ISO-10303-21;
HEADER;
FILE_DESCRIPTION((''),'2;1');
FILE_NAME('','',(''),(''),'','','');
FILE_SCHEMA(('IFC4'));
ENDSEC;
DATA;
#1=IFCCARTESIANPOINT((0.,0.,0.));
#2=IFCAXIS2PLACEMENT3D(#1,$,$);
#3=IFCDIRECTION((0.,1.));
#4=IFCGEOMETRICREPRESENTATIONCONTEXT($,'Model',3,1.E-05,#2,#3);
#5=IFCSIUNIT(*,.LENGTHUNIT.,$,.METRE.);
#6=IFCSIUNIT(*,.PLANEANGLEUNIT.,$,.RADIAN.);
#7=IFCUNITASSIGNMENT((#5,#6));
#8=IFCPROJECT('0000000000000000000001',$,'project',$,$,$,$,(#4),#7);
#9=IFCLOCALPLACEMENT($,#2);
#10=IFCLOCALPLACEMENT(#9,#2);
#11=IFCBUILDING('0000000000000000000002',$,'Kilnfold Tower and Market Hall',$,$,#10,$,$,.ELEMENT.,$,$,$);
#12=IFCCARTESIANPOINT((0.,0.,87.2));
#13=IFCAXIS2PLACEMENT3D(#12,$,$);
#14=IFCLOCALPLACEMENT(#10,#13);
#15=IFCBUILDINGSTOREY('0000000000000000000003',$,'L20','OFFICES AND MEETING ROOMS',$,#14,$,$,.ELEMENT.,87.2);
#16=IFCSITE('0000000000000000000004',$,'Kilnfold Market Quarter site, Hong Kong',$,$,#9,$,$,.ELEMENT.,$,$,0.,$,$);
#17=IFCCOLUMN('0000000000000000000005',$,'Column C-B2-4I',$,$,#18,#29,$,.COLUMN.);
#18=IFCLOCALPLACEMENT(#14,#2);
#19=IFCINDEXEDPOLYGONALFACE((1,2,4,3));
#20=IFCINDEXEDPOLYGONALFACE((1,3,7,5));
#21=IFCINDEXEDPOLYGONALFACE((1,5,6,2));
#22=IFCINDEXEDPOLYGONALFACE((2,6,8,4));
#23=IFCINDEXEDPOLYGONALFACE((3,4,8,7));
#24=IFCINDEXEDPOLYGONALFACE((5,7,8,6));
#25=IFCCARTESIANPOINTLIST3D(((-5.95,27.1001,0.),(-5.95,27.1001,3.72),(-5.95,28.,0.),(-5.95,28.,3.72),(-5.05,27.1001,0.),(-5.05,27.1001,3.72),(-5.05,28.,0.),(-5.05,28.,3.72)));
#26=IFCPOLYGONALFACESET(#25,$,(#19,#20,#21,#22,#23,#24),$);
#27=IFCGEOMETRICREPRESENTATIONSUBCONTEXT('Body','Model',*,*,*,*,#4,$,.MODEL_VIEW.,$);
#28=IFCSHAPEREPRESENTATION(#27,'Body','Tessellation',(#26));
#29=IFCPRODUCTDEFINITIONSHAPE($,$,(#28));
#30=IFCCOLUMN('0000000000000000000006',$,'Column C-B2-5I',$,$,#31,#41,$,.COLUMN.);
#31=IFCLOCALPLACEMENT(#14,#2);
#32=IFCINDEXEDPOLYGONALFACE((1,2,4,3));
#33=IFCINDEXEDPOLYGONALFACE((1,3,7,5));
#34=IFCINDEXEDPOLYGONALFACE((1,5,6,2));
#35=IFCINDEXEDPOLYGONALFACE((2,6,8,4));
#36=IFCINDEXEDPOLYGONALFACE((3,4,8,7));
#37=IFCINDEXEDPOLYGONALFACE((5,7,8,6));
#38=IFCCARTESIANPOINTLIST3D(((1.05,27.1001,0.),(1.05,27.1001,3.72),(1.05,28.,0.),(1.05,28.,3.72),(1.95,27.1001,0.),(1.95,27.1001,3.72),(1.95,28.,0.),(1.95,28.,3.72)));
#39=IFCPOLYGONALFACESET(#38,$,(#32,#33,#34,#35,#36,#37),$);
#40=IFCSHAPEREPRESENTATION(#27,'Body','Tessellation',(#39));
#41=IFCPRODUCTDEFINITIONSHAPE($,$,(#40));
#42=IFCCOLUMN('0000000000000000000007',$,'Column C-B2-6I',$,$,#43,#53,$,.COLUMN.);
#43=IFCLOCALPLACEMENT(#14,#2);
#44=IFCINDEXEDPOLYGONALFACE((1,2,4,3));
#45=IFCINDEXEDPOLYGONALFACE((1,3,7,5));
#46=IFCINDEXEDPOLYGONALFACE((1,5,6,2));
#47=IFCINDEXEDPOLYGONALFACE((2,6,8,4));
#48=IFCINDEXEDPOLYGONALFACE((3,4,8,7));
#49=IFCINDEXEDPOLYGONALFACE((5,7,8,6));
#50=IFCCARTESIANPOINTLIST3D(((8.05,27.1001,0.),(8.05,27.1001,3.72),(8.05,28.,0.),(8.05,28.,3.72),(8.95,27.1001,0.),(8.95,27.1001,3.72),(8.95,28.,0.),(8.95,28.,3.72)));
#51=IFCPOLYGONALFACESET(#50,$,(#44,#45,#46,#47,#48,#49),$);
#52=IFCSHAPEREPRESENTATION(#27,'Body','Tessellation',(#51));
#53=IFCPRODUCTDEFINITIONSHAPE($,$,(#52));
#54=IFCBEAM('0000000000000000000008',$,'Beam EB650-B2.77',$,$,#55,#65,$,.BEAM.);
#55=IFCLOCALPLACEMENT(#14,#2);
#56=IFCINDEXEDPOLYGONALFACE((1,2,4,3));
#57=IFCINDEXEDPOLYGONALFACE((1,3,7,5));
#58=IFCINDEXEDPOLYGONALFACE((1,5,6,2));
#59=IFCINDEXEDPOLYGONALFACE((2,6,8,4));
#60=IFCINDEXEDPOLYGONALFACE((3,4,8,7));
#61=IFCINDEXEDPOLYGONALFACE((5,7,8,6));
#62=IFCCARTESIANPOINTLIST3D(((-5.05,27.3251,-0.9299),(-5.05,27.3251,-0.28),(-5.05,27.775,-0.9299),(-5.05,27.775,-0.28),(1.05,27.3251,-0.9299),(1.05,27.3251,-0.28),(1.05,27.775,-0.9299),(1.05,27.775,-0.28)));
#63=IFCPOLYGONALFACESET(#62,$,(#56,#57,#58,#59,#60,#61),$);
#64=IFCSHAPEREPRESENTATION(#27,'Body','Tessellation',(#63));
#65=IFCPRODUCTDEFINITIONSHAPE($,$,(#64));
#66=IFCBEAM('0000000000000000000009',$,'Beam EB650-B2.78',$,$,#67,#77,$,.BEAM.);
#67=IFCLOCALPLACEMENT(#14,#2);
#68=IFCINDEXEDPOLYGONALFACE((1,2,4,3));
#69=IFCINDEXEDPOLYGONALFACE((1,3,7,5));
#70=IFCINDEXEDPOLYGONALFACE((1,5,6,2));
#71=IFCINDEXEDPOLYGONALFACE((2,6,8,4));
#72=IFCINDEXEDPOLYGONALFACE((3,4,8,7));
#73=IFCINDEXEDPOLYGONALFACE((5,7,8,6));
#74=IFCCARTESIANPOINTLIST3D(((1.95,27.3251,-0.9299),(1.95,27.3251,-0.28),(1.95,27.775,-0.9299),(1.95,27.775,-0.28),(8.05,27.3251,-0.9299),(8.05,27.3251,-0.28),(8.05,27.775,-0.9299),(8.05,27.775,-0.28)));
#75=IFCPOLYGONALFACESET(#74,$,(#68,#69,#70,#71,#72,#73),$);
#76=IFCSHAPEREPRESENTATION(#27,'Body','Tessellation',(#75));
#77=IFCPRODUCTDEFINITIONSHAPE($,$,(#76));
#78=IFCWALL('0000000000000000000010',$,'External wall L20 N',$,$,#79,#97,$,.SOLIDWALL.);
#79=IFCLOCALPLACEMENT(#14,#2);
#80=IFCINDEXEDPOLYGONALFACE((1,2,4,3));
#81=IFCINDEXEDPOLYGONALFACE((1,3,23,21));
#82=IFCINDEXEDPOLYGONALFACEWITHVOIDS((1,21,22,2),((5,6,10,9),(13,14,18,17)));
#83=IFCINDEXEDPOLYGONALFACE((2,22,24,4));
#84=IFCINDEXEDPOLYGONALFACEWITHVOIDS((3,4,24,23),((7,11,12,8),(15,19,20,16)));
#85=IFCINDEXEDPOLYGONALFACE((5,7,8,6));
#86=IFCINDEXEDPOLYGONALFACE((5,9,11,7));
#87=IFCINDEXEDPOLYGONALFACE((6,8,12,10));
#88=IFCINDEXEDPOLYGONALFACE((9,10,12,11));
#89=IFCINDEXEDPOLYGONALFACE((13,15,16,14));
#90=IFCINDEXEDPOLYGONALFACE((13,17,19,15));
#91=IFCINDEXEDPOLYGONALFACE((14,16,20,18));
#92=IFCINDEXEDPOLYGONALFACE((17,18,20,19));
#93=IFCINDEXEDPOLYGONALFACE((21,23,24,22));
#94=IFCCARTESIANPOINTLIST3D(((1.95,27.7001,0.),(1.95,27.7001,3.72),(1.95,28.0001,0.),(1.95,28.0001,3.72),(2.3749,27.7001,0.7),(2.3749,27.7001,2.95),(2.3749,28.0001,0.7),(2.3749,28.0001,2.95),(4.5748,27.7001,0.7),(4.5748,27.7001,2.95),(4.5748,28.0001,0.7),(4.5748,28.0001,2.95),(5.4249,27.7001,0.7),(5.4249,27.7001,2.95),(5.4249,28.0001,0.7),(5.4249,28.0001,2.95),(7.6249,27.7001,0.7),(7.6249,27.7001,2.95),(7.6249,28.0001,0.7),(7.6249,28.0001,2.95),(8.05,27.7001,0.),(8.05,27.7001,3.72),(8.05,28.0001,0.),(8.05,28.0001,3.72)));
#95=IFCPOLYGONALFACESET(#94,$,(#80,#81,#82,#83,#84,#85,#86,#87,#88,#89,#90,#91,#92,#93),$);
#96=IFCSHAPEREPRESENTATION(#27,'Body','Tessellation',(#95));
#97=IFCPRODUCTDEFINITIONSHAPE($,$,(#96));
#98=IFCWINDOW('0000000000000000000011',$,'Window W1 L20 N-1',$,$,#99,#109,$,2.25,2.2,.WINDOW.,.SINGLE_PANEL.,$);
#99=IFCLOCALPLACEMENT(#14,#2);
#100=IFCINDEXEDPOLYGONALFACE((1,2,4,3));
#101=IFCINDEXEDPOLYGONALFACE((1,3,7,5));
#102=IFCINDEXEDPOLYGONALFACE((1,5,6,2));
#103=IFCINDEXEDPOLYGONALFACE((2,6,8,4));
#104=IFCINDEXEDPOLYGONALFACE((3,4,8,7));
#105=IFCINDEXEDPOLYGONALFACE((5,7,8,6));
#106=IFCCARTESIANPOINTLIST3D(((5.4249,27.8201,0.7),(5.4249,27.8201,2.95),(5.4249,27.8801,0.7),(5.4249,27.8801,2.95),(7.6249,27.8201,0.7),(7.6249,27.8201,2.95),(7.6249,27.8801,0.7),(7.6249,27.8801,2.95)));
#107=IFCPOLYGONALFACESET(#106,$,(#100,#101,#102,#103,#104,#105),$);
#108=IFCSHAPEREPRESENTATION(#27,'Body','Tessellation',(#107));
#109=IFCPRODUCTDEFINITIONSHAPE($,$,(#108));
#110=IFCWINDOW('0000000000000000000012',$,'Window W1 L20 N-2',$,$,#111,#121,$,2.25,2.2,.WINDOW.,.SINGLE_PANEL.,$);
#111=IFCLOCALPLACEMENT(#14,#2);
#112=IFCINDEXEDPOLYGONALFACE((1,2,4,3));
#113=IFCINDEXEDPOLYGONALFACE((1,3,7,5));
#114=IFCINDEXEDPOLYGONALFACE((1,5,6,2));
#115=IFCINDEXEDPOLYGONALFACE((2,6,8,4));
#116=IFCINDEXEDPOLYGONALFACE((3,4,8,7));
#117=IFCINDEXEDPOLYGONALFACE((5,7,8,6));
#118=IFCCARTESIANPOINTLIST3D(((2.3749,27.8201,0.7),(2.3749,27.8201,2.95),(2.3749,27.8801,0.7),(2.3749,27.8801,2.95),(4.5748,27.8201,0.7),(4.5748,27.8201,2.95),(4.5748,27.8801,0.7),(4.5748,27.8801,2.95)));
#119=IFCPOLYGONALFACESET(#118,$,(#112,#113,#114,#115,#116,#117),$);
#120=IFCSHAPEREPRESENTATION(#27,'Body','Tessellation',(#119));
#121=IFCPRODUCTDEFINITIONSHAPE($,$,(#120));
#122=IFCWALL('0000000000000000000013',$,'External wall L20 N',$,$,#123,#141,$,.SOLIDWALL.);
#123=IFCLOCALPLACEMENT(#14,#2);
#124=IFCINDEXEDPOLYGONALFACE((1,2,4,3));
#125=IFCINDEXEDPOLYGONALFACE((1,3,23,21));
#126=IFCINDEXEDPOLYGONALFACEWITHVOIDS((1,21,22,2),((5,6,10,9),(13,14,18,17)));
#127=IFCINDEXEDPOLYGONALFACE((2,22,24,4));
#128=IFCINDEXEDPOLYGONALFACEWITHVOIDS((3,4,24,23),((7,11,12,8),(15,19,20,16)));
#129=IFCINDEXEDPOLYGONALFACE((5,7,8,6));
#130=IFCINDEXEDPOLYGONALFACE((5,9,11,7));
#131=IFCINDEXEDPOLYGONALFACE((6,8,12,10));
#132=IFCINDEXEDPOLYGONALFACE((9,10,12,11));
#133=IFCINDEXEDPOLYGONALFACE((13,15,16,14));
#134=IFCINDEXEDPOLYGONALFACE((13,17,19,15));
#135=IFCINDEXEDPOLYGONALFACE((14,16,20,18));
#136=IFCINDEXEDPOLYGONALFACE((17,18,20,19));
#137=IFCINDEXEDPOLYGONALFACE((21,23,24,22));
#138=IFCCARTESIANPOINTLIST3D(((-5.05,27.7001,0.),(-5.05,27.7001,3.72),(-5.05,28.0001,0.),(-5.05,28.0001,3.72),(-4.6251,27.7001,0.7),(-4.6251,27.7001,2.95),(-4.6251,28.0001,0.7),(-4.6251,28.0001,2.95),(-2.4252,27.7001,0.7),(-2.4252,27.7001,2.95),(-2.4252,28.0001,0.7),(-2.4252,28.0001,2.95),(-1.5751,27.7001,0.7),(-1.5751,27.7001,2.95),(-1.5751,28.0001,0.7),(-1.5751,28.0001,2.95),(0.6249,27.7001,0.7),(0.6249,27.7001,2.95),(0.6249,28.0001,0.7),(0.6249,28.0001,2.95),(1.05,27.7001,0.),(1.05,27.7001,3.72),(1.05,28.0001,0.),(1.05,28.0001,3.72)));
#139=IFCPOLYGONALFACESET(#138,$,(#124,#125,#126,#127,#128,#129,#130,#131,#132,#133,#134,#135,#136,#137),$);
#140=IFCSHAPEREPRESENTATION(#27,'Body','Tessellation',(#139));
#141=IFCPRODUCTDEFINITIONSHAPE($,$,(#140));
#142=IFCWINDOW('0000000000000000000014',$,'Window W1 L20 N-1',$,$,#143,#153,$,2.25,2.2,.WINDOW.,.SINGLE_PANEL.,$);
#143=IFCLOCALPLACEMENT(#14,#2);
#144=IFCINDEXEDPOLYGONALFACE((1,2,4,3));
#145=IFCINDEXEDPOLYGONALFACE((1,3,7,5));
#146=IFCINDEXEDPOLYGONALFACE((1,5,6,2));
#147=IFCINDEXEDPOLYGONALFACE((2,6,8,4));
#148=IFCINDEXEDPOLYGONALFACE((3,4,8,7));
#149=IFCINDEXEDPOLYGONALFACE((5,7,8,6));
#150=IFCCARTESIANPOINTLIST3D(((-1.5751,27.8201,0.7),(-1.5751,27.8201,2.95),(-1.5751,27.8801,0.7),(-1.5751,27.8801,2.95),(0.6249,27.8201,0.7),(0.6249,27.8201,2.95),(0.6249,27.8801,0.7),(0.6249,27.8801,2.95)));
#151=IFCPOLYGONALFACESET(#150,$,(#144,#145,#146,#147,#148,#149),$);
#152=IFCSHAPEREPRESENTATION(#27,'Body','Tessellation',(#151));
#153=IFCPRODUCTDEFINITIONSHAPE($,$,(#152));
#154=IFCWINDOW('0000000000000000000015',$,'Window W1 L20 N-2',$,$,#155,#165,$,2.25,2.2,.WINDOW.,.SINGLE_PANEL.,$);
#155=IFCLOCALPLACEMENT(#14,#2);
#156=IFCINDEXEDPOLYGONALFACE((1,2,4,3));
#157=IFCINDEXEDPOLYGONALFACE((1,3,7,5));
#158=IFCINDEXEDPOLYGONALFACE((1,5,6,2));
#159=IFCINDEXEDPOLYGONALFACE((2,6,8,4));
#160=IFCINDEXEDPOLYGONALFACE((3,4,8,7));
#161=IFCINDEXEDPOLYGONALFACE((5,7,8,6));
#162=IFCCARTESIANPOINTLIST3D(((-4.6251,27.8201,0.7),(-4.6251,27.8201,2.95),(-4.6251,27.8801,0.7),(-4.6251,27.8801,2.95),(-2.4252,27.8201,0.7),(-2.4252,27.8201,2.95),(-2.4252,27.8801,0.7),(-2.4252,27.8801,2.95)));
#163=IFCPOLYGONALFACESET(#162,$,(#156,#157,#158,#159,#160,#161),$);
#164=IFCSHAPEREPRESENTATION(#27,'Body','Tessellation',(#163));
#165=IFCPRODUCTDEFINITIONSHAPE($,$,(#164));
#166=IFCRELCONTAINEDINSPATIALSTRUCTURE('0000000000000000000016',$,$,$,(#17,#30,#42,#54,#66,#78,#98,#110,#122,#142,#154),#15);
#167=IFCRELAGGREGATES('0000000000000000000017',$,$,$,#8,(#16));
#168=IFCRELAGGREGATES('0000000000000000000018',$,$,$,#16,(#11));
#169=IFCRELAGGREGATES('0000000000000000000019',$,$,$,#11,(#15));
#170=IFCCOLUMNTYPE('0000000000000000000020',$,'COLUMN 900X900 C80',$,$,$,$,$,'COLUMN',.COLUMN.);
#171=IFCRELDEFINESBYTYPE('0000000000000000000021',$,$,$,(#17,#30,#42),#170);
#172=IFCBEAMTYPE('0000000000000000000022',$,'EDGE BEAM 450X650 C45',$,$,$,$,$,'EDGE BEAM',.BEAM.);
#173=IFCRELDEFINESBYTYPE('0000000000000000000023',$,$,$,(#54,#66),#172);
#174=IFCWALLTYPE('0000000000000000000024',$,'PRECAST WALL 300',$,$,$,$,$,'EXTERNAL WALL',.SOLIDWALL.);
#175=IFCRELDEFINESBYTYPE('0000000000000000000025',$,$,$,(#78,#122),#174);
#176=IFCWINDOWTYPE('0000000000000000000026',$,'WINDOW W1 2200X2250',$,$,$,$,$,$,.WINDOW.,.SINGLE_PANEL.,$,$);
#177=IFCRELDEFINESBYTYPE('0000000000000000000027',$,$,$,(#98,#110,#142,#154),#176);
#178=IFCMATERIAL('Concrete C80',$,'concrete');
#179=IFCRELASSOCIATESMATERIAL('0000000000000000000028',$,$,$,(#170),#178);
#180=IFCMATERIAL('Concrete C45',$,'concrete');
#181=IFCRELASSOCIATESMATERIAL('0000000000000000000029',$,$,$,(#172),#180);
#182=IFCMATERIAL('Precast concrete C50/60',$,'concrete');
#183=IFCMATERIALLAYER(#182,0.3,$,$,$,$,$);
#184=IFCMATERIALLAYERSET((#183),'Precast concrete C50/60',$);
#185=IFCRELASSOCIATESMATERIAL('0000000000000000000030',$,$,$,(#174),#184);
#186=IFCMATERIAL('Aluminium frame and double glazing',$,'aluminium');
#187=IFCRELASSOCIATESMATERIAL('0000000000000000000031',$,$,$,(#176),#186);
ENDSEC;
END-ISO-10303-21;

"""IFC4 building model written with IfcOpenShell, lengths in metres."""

from ifc_helpers import new_model, si_unit, direction, frame, frame_2d, origin, origin_2d, place, context, subcontext, project, spatial, rectangle, extrude, source, transform, mapped, material, layer, layer_set, material_profile, profile_set, type_object, element, fill, save


model = new_model("IFC4")

# Units and contexts
model_context = context("Model", 3, precision=1e-05, world=origin(), true_north=direction((0.0, 1.0)))
body_context = subcontext(model_context, "Body", "Model", "MODEL_VIEW")
ifc_project = project(units=[si_unit("LENGTHUNIT", "METRE"), si_unit("PLANEANGLEUNIT", "RADIAN")], contexts=[model_context])

# Site, building, storey
site_placement = place(None, origin())
site = spatial("IfcSite", under=ifc_project, at=site_placement, Name="Kilnfold Market Quarter site, Hong Kong", CompositionType="ELEMENT", RefElevation=0.0)
building_placement = place(site_placement, origin())
building = spatial("IfcBuilding", under=site, at=building_placement, Name="Kilnfold Tower and Market Hall", CompositionType="ELEMENT")
storey_placement = place(building_placement, frame((0.0, 0.0, 87.2)))
storey = spatial("IfcBuildingStorey", under=building, at=storey_placement, Name="L20", Description="OFFICES AND MEETING ROOMS", CompositionType="ELEMENT", Elevation=87.2)

# Columns
ifc_material_1 = material(Name="Concrete C80", Category="concrete")
ifc_material_profile_1 = material_profile(ifc_material_1, rectangle(XDim=0.8999, YDim=0.8999, at=origin_2d()), Name="RC 900x900")
ifc_profile_set_1 = profile_set([ifc_material_profile_1], Name="Concrete C80")
column_type = type_object("IfcColumnType", Name="COLUMN 900X900 C80", ElementType="COLUMN", PredefinedType="COLUMN", material=ifc_profile_set_1)
shared_shape_1 = source(origin(), body_context, "Body", "SweptSolid", [
    extrude(rectangle(XDim=0.8999, YDim=0.8999, at=origin_2d()), origin(), (0.0, 0.0, 1.0), 3.72),
])
for number, where, z_axis, x_axis, name in (
    (1, (-5.5, 27.55, 0.0), (0.0, 0.0, 1.0), (1.0, 0.0, 0.0), "Column C-B2-4I"),
    (2, (1.5, 27.55, 0.0), (0.0, 0.0, 1.0), (1.0, 0.0, 0.0), "Column C-B2-5I"),
    (3, (8.5, 27.55, 0.0), (0.0, 0.0, 1.0), (1.0, 0.0, 0.0), "Column C-B2-6I"),
):
    element("IfcColumn", number, at=place(storey_placement, frame(where, z_axis=z_axis, x_axis=x_axis)), inside=storey, type_object=column_type, Name=name, PredefinedType="COLUMN", context=body_context, shape_type="MappedRepresentation", body=[
        mapped(shared_shape_1, transform((0.0, 0.0, 0.0))),
    ])

# Beams
ifc_material_2 = material(Name="Concrete C45", Category="concrete")
ifc_material_profile_2 = material_profile(ifc_material_2, rectangle(XDim=0.45, YDim=0.6499, at=origin_2d()), Name="RC 450x650")
ifc_profile_set_2 = profile_set([ifc_material_profile_2], Name="Concrete C45")
beam_type = type_object("IfcBeamType", Name="EDGE BEAM 450X650 C45", ElementType="EDGE BEAM", PredefinedType="BEAM", material=ifc_profile_set_2)
shared_shape_2 = source(origin(), body_context, "Body", "SweptSolid", [
    extrude(rectangle(XDim=0.45, YDim=0.6499, at=origin_2d()), origin(), (0.0, 0.0, 1.0), 6.1001),
])
for number, where, z_axis, x_axis, name in (
    (4, (-5.05, 27.55, -0.605), (1.0, 0.0, 0.0), (0.0, 1.0, 0.0), "Beam EB650-B2.77"),
    (5, (1.95, 27.55, -0.605), (1.0, 0.0, 0.0), (0.0, 1.0, 0.0), "Beam EB650-B2.78"),
):
    element("IfcBeam", number, at=place(storey_placement, frame(where, z_axis=z_axis, x_axis=x_axis)), inside=storey, type_object=beam_type, Name=name, PredefinedType="BEAM", context=body_context, shape_type="MappedRepresentation", body=[
        mapped(shared_shape_2, transform((0.0, 0.0, 0.0))),
    ])

# Walls, openings, windows
ifc_material_3 = material(Name="Precast concrete C50/60", Category="concrete")
ifc_layer_1 = layer(ifc_material_3, 0.3)
ifc_layer_set_1 = layer_set([ifc_layer_1], Name="Precast concrete C50/60")
wall_type_1 = type_object("IfcWallType", Name="PRECAST WALL 300", ElementType="EXTERNAL WALL", PredefinedType="SOLIDWALL", material=ifc_layer_set_1)
shared_shape_3 = source(origin(), body_context, "Body", "SweptSolid", [
    extrude(rectangle(XDim=6.1001, YDim=0.3, at=frame_2d((3.05, 0.0))), origin(), (0.0, 0.0, 1.0), 3.72),
])
wall_1_placement = place(storey_placement, frame((8.05, 27.8501, 0.0), z_axis=(0.0, 0.0, 1.0), x_axis=(-1.0, 0.0, 0.0)))
wall_1 = element("IfcWall", 6, at=wall_1_placement, inside=storey, type_object=wall_type_1, Name="External wall L20 N", PredefinedType="SOLIDWALL", context=body_context, shape_type="MappedRepresentation", body=[
    mapped(shared_shape_3, transform((0.0, 0.0, 0.0))),
])
opening_1_placement = place(wall_1_placement, frame((0.425, 0.0, 0.7)))
opening_1 = element("IfcOpeningElement", 7, at=opening_1_placement, cuts=wall_1, PredefinedType="OPENING", context=body_context, shape_type="SweptSolid", body=[
    extrude(rectangle(XDim=2.2, YDim=2.25, at=frame_2d((1.1001, 1.125))), frame((0.0, 0.1602, 0.0), z_axis=(0.0, -1.0, 0.0), x_axis=(1.0, 0.0, 0.0)), (0.0, 0.0, 1.0), 0.3201),
])
opening_2_placement = place(wall_1_placement, frame((3.4751, 0.0, 0.7)))
opening_2 = element("IfcOpeningElement", 8, at=opening_2_placement, cuts=wall_1, PredefinedType="OPENING", context=body_context, shape_type="SweptSolid", body=[
    extrude(rectangle(XDim=2.2, YDim=2.25, at=frame_2d((1.1001, 1.125))), frame((0.0, 0.1602, 0.0), z_axis=(0.0, -1.0, 0.0), x_axis=(1.0, 0.0, 0.0)), (0.0, 0.0, 1.0), 0.3201),
])
ifc_material_4 = material(Name="Aluminium frame and double glazing", Category="aluminium")
window_type = type_object("IfcWindowType", Name="WINDOW W1 2200X2250", PartitioningType="SINGLE_PANEL", PredefinedType="WINDOW", material=ifc_material_4)
window_1_placement = place(opening_1_placement, origin())
window_1 = element("IfcWindow", 9, at=window_1_placement, inside=storey, type_object=window_type, Name="Window W1 L20 N-1", OverallHeight=2.25, OverallWidth=2.2, PartitioningType="SINGLE_PANEL", PredefinedType="WINDOW", context=body_context, shape_type="SweptSolid", body=[
    extrude(rectangle(XDim=2.2, YDim=2.25, at=frame_2d((1.1001, 1.125))), frame((0.0, 0.03, 0.0), z_axis=(0.0, -1.0, 0.0), x_axis=(1.0, 0.0, 0.0)), (0.0, 0.0, 1.0), 0.0601),
])
fill(opening_1, window_1)
window_2_placement = place(opening_2_placement, origin())
window_2 = element("IfcWindow", 10, at=window_2_placement, inside=storey, type_object=window_type, Name="Window W1 L20 N-2", OverallHeight=2.25, OverallWidth=2.2, PartitioningType="SINGLE_PANEL", PredefinedType="WINDOW", context=body_context, shape_type="SweptSolid", body=[
    extrude(rectangle(XDim=2.2, YDim=2.25, at=frame_2d((1.1001, 1.125))), frame((0.0, 0.03, 0.0), z_axis=(0.0, -1.0, 0.0), x_axis=(1.0, 0.0, 0.0)), (0.0, 0.0, 1.0), 0.0601),
])
fill(opening_2, window_2)
wall_2_placement = place(storey_placement, frame((1.05, 27.8501, 0.0), z_axis=(0.0, 0.0, 1.0), x_axis=(-1.0, 0.0, 0.0)))
wall_2 = element("IfcWall", 11, at=wall_2_placement, inside=storey, type_object=wall_type_1, Name="External wall L20 N", PredefinedType="SOLIDWALL", context=body_context, shape_type="MappedRepresentation", body=[
    mapped(shared_shape_3, transform((0.0, 0.0, 0.0))),
])
opening_3_placement = place(wall_2_placement, frame((0.425, 0.0, 0.7)))
opening_3 = element("IfcOpeningElement", 12, at=opening_3_placement, cuts=wall_2, PredefinedType="OPENING", context=body_context, shape_type="SweptSolid", body=[
    extrude(rectangle(XDim=2.2, YDim=2.25, at=frame_2d((1.1001, 1.125))), frame((0.0, 0.1602, 0.0), z_axis=(0.0, -1.0, 0.0), x_axis=(1.0, 0.0, 0.0)), (0.0, 0.0, 1.0), 0.3201),
])
opening_4_placement = place(wall_2_placement, frame((3.4751, 0.0, 0.7)))
opening_4 = element("IfcOpeningElement", 13, at=opening_4_placement, cuts=wall_2, PredefinedType="OPENING", context=body_context, shape_type="SweptSolid", body=[
    extrude(rectangle(XDim=2.2, YDim=2.25, at=frame_2d((1.1001, 1.125))), frame((0.0, 0.1602, 0.0), z_axis=(0.0, -1.0, 0.0), x_axis=(1.0, 0.0, 0.0)), (0.0, 0.0, 1.0), 0.3201),
])
window_3_placement = place(opening_3_placement, origin())
window_3 = element("IfcWindow", 14, at=window_3_placement, inside=storey, type_object=window_type, Name="Window W1 L20 N-1", OverallHeight=2.25, OverallWidth=2.2, PartitioningType="SINGLE_PANEL", PredefinedType="WINDOW", context=body_context, shape_type="SweptSolid", body=[
    extrude(rectangle(XDim=2.2, YDim=2.25, at=frame_2d((1.1001, 1.125))), frame((0.0, 0.03, 0.0), z_axis=(0.0, -1.0, 0.0), x_axis=(1.0, 0.0, 0.0)), (0.0, 0.0, 1.0), 0.0601),
])
fill(opening_3, window_3)
window_4_placement = place(opening_4_placement, origin())
window_4 = element("IfcWindow", 15, at=window_4_placement, inside=storey, type_object=window_type, Name="Window W1 L20 N-2", OverallHeight=2.25, OverallWidth=2.2, PartitioningType="SINGLE_PANEL", PredefinedType="WINDOW", context=body_context, shape_type="SweptSolid", body=[
    extrude(rectangle(XDim=2.2, YDim=2.25, at=frame_2d((1.1001, 1.125))), frame((0.0, 0.03, 0.0), z_axis=(0.0, -1.0, 0.0), x_axis=(1.0, 0.0, 0.0)), (0.0, 0.0, 1.0), 0.0601),
])
fill(opening_4, window_4)

save(model, "model.ifc")
